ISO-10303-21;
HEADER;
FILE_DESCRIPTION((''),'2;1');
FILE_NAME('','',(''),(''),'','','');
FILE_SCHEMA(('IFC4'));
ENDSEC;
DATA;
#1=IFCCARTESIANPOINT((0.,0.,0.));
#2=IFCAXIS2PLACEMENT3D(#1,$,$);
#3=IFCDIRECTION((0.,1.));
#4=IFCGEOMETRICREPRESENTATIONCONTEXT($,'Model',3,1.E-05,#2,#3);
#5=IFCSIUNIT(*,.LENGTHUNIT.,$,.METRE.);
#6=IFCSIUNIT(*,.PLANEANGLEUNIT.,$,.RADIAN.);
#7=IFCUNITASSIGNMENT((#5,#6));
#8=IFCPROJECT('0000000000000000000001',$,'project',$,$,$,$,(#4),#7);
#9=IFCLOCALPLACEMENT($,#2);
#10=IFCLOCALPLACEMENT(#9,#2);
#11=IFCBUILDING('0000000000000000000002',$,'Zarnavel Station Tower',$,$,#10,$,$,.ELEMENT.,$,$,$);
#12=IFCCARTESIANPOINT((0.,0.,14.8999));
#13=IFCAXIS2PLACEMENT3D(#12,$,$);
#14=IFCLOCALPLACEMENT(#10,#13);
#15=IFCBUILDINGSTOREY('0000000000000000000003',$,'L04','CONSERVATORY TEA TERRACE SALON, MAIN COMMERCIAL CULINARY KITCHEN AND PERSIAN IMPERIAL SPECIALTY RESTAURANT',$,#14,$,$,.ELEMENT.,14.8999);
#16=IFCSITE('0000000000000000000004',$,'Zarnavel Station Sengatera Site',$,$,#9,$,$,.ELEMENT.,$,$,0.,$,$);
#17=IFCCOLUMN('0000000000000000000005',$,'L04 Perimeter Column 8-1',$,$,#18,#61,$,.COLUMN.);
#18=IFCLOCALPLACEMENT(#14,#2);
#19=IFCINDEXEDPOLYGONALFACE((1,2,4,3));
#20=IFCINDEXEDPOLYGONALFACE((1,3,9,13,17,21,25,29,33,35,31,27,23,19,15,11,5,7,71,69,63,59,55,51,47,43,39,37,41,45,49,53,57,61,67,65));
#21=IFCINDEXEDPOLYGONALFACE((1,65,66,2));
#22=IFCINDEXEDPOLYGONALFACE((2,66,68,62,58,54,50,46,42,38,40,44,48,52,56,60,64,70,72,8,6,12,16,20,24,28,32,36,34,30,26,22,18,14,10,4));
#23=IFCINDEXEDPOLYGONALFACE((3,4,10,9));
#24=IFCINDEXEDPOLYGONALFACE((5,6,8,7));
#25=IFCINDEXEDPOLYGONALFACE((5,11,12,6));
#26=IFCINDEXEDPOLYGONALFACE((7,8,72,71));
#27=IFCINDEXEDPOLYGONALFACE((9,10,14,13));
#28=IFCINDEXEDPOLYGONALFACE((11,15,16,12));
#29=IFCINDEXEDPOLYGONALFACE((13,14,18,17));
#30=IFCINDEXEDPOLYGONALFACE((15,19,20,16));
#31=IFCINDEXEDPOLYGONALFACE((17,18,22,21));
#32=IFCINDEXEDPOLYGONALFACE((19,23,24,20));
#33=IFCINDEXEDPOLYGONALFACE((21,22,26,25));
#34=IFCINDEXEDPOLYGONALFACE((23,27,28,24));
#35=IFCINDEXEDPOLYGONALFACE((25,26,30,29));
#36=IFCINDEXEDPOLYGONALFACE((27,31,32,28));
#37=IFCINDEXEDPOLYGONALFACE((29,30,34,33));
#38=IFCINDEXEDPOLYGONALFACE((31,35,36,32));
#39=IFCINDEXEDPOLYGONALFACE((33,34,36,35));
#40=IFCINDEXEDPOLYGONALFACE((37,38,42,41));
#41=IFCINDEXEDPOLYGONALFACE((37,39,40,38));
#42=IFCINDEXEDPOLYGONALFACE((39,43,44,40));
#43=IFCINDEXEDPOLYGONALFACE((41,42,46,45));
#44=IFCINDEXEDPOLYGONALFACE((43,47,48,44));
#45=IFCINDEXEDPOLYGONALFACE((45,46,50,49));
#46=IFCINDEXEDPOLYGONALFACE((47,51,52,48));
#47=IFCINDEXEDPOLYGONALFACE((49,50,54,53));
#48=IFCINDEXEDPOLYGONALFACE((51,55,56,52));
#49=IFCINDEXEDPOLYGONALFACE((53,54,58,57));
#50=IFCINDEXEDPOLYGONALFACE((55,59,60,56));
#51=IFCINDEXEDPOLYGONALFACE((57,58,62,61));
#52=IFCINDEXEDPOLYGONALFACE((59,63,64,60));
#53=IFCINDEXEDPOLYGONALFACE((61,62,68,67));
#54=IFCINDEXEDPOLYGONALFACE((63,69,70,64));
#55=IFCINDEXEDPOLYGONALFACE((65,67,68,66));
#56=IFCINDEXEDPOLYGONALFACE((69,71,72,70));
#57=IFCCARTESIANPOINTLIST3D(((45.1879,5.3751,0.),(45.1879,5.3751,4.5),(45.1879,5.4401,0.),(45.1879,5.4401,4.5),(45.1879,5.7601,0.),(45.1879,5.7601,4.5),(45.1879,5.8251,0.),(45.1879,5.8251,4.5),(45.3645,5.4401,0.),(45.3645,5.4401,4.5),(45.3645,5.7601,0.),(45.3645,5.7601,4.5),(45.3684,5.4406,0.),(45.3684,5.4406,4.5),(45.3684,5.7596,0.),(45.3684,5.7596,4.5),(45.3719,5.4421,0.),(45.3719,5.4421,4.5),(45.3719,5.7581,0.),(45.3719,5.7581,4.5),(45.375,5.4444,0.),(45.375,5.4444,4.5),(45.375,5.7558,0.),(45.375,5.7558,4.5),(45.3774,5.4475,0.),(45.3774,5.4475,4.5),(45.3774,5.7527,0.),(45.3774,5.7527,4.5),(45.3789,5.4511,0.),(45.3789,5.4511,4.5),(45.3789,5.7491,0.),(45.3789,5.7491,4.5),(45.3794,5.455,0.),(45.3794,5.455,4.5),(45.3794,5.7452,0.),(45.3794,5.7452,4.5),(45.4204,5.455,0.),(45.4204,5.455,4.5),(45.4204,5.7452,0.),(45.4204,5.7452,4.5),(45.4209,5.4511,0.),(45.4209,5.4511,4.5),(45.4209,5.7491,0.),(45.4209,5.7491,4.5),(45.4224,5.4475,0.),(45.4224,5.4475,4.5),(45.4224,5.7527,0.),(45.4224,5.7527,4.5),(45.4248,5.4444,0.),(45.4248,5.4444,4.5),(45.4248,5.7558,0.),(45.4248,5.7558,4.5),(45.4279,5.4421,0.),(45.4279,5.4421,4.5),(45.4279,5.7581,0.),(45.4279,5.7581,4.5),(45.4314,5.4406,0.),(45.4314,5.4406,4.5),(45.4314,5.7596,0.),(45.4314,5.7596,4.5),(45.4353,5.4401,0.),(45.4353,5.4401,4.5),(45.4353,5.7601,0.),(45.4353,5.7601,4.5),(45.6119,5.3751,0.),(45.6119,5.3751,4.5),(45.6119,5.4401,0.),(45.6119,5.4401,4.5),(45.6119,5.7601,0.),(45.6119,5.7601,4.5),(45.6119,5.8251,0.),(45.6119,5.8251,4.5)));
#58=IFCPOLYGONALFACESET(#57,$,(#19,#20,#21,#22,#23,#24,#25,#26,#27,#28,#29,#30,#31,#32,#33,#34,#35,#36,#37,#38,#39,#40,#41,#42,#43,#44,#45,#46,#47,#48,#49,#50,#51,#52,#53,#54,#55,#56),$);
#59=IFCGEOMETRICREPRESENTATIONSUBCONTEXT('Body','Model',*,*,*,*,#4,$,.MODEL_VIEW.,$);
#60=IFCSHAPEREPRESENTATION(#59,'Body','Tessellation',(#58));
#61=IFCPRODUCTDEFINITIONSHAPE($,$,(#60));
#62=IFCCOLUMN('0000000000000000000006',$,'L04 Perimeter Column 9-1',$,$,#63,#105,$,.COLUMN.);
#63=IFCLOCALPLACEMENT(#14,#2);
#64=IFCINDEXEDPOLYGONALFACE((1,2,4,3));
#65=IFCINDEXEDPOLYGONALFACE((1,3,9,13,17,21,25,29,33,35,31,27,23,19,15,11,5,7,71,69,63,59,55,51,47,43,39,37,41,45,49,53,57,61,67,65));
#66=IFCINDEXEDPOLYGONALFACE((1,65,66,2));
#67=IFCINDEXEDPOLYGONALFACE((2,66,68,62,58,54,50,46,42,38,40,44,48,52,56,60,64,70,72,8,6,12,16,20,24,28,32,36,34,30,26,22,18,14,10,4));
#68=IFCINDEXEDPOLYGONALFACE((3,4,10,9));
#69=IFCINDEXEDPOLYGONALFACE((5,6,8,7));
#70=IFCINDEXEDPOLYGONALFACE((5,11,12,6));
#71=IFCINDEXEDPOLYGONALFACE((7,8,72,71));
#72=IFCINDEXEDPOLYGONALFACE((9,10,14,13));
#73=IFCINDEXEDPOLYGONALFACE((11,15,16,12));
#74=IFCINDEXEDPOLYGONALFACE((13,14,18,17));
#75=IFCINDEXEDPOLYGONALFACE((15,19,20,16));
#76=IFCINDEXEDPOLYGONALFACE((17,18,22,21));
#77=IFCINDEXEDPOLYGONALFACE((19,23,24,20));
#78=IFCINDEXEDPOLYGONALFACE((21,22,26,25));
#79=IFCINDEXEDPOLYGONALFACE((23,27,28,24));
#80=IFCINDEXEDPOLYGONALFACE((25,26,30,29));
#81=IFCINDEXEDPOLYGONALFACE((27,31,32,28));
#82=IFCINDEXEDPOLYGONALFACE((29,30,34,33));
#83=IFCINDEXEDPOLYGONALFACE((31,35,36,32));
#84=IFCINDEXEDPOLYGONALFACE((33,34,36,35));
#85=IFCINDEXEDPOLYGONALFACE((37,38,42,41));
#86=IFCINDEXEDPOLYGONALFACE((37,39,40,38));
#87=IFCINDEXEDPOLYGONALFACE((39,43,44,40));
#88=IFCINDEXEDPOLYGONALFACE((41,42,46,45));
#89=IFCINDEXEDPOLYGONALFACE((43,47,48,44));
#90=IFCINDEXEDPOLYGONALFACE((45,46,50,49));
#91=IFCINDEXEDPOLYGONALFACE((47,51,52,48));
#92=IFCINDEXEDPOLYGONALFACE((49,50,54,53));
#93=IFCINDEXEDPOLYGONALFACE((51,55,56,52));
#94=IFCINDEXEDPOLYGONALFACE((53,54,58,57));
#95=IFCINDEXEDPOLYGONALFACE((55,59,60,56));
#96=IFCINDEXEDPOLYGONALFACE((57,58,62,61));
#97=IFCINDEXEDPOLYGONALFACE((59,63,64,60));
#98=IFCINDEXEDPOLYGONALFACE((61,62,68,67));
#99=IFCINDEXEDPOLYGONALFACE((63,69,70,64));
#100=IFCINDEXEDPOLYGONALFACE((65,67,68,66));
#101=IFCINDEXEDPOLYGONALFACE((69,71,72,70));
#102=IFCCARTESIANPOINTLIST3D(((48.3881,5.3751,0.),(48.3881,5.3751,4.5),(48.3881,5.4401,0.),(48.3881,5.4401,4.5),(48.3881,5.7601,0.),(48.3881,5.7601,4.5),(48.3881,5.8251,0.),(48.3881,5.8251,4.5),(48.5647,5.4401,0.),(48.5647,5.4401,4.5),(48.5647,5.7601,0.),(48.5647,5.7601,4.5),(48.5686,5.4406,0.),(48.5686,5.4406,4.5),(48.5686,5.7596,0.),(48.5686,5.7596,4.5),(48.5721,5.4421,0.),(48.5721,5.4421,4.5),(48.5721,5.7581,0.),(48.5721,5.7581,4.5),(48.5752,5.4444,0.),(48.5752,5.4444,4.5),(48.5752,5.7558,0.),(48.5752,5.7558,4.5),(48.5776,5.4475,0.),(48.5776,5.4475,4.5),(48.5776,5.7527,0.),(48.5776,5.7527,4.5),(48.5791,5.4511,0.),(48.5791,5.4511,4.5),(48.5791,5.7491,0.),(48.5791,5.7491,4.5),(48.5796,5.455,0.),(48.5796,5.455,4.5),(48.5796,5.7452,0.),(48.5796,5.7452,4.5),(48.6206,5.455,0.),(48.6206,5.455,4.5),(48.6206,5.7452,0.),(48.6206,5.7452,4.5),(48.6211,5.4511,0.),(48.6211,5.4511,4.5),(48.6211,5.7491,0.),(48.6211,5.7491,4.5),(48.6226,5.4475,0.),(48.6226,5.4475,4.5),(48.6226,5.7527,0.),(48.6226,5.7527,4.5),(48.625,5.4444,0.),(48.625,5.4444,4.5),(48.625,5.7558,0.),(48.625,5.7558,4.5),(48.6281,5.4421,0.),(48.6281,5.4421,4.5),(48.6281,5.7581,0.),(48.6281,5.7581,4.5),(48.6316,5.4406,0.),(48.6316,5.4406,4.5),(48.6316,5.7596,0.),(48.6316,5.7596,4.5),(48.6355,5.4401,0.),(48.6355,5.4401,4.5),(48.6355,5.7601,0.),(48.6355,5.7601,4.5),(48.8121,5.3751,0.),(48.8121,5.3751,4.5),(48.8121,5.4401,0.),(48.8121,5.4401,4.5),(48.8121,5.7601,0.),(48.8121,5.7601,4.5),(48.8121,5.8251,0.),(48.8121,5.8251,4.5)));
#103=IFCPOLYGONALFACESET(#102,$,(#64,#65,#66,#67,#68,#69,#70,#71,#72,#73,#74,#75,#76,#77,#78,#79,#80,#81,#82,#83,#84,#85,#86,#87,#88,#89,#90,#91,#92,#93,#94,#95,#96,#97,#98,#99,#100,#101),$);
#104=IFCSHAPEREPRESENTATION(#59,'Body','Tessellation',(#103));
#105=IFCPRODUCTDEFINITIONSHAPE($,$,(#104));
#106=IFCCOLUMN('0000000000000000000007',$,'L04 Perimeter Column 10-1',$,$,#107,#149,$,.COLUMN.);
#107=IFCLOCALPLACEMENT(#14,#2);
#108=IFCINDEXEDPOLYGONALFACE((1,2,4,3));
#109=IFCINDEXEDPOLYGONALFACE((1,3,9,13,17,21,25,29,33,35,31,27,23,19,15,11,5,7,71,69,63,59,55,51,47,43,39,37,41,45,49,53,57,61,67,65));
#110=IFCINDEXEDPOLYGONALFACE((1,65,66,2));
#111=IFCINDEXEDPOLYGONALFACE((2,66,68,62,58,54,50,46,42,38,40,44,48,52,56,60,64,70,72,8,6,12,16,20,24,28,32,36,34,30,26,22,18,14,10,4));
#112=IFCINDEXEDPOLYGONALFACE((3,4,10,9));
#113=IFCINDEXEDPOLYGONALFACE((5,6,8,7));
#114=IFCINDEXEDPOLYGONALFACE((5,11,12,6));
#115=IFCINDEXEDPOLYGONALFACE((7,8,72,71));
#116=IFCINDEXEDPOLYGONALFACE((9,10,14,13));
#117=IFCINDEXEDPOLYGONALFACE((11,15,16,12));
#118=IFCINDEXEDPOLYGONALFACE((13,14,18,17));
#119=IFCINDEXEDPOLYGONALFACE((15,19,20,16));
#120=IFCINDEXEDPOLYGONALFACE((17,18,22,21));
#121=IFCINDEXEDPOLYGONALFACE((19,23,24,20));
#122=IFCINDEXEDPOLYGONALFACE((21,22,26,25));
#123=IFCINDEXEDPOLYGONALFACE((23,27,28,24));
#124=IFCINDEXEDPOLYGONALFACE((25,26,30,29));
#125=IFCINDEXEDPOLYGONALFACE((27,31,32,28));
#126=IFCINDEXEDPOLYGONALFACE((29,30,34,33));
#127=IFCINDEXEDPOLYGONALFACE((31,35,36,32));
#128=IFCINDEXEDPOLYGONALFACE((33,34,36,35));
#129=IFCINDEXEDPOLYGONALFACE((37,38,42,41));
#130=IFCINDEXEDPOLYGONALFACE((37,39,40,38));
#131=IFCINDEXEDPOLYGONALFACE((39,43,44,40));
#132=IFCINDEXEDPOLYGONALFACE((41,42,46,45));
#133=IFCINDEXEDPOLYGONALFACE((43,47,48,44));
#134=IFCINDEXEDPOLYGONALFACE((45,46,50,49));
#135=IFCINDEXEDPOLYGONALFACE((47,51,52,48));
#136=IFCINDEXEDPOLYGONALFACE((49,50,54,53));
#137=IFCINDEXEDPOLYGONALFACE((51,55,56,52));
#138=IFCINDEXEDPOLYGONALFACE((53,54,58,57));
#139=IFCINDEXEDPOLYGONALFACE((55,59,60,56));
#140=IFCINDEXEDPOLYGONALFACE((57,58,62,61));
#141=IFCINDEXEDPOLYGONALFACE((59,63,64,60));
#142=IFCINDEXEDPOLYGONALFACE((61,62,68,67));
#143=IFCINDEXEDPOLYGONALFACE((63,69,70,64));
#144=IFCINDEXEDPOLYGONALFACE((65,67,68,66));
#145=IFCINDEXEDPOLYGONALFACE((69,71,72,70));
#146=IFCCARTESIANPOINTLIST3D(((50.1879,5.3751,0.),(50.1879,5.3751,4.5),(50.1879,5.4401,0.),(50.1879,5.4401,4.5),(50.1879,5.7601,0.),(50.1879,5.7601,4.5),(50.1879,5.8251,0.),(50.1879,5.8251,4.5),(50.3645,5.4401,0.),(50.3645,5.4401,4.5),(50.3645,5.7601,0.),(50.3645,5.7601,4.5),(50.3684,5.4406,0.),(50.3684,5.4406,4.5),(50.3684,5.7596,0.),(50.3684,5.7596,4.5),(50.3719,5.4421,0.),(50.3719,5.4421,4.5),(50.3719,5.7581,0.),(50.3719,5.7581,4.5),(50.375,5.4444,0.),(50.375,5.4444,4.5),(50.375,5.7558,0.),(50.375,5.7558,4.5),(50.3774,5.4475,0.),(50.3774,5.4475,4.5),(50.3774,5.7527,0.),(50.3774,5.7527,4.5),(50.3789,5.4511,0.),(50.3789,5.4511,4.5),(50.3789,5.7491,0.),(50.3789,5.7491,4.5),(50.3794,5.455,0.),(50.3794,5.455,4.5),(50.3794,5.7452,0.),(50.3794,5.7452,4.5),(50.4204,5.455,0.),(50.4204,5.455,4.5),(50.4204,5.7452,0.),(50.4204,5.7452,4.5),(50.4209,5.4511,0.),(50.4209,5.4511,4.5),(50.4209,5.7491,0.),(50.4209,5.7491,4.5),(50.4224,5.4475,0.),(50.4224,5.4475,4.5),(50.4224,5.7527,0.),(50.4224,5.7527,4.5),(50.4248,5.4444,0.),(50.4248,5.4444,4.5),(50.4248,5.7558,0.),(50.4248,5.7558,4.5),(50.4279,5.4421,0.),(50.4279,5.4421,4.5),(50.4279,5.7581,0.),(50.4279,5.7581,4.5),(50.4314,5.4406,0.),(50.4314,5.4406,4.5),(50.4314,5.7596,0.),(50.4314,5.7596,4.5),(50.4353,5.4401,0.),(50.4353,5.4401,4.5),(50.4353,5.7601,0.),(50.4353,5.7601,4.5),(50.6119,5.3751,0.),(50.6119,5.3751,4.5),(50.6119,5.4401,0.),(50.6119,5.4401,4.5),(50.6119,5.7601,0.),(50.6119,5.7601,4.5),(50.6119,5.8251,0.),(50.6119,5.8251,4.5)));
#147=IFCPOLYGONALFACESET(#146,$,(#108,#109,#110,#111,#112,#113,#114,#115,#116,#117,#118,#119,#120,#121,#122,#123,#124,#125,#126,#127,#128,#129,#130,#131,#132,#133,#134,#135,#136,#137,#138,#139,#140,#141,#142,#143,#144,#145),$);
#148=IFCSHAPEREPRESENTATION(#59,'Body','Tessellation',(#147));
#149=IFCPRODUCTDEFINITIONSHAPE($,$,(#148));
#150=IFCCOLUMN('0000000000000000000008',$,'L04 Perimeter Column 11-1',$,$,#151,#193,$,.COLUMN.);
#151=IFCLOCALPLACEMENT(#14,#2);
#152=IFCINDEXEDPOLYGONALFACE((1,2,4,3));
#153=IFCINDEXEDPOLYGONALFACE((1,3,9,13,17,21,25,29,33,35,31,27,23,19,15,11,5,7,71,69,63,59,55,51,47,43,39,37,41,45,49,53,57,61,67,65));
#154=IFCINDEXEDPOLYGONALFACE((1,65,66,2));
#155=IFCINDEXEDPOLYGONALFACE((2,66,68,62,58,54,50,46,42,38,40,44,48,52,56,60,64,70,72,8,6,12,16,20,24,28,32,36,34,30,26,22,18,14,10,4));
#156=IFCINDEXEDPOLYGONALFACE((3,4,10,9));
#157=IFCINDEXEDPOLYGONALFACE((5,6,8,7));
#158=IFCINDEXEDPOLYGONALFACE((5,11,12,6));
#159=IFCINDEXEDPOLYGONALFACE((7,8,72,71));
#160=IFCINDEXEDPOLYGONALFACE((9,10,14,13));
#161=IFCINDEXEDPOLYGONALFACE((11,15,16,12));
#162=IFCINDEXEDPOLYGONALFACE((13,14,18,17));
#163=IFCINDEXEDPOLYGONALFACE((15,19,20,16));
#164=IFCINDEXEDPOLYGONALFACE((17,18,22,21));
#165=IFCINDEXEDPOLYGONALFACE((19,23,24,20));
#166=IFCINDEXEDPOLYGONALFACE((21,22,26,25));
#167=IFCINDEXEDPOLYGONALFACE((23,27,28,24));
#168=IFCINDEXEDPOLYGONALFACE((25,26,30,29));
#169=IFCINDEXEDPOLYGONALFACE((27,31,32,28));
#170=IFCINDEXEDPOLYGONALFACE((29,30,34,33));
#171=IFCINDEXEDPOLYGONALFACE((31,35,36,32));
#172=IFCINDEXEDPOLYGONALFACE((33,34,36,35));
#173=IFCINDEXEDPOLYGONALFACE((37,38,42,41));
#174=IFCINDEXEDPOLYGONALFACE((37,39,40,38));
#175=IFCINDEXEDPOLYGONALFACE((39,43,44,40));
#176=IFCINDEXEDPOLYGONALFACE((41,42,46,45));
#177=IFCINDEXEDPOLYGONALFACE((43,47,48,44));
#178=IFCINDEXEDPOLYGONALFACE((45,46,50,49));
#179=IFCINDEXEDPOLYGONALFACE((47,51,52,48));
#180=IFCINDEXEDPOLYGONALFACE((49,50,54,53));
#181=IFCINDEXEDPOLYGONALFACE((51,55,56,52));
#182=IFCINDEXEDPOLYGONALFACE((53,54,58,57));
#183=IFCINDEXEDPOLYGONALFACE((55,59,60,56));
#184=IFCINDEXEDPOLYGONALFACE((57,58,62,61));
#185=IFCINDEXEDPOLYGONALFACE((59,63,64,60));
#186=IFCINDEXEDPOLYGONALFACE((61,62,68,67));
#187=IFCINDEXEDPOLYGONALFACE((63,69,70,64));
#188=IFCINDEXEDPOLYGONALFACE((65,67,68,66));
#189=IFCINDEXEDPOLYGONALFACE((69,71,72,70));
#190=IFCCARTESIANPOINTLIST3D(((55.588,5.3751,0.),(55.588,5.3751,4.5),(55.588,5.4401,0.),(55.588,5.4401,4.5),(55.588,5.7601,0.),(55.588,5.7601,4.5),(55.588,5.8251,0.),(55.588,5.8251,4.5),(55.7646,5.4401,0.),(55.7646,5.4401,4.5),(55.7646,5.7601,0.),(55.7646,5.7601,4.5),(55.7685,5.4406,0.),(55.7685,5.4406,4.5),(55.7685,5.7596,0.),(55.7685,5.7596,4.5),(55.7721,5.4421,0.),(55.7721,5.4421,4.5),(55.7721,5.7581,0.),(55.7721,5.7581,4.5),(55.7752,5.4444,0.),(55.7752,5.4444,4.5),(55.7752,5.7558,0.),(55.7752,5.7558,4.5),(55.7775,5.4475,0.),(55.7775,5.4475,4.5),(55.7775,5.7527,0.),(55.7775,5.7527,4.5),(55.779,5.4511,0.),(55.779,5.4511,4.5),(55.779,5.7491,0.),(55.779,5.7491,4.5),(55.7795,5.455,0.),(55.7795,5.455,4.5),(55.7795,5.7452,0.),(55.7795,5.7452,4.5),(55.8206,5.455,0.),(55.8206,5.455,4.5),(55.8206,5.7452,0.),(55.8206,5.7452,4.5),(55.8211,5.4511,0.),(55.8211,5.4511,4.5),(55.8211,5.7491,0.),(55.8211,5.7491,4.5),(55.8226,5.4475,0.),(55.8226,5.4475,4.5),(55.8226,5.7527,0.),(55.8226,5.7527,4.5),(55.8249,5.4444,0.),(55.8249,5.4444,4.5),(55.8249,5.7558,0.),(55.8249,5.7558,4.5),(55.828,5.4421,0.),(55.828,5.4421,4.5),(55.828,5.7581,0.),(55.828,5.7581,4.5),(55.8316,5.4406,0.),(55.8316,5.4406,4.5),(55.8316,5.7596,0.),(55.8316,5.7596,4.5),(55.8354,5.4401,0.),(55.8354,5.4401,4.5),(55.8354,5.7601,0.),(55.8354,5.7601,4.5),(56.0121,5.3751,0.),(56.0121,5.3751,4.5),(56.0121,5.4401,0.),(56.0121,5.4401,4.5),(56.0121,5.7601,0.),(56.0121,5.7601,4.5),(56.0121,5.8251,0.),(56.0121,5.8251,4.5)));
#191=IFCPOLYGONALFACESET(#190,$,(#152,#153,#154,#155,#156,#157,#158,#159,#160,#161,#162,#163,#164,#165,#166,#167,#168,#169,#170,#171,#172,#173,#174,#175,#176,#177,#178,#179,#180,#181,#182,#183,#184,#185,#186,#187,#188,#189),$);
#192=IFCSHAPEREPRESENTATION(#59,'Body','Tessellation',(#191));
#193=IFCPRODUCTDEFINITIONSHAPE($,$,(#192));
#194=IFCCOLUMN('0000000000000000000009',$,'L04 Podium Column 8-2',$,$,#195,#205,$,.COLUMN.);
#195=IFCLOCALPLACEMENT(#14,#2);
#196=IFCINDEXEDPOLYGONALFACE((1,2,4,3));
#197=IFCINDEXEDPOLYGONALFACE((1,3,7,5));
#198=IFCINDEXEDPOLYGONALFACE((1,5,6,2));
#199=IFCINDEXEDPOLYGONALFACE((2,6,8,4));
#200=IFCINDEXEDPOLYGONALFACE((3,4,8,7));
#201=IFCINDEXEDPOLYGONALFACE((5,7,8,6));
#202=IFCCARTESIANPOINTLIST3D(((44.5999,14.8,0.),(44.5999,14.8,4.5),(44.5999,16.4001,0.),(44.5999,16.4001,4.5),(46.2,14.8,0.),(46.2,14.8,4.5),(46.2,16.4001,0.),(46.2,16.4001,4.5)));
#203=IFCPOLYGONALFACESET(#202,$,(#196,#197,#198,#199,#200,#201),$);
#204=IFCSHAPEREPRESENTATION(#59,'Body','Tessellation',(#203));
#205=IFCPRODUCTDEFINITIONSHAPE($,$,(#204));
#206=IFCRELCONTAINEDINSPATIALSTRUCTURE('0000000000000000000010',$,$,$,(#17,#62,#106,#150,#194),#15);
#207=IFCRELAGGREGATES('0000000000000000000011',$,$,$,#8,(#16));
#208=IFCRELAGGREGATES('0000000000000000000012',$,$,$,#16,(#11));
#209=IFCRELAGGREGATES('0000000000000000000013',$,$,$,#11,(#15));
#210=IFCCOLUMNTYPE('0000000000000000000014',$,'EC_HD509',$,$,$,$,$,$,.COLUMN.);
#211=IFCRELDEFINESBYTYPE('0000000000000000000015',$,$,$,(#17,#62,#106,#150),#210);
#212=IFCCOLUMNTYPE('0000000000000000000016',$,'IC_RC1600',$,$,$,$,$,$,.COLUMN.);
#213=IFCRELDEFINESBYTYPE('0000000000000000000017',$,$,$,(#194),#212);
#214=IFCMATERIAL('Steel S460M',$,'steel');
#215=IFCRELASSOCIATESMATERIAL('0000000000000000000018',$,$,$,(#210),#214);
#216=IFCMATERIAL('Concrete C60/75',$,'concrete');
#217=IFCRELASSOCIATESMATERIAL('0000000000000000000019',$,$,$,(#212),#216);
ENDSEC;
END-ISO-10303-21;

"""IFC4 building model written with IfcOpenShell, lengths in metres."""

from ifc_helpers import new_model, si_unit, direction, frame, origin, origin_2d, place, context, subcontext, project, spatial, rectangle, i_section, extrude, material, material_profile, profile_set, type_object, element, save


model = new_model("IFC4")

# Units and contexts
model_context = context("Model", 3, precision=1e-05, world=origin(), true_north=direction((0.0, 1.0)))
body_context = subcontext(model_context, "Body", "Model", "MODEL_VIEW")
ifc_project = project(units=[si_unit("LENGTHUNIT", "METRE"), si_unit("PLANEANGLEUNIT", "RADIAN")], contexts=[model_context])

# Site, building, storey
site_placement = place(None, origin())
site = spatial("IfcSite", under=ifc_project, at=site_placement, Name="Zarnavel Station Sengatera Site", CompositionType="ELEMENT", RefElevation=0.0)
building_placement = place(site_placement, origin())
building = spatial("IfcBuilding", under=site, at=building_placement, Name="Zarnavel Station Tower", CompositionType="ELEMENT")
storey_placement = place(building_placement, frame((0.0, 0.0, 14.8999)))
storey = spatial("IfcBuildingStorey", under=building, at=storey_placement, Name="L04", Description="CONSERVATORY TEA TERRACE SALON, MAIN COMMERCIAL CULINARY KITCHEN AND PERSIAN IMPERIAL SPECIALTY RESTAURANT", CompositionType="ELEMENT", Elevation=14.8999)

# Columns
ifc_material_1 = material(Name="Steel S460M", Category="steel")
ifc_material_profile_1 = material_profile(ifc_material_1, i_section(OverallWidth=0.4241, OverallDepth=0.45, WebThickness=0.041, FlangeThickness=0.0649, FilletRadius=0.0149, at=origin_2d()), Name="HD400x509")
ifc_profile_set_1 = profile_set([ifc_material_profile_1], Name="Steel S460M")
column_type_1 = type_object("IfcColumnType", Name="EC_HD509", PredefinedType="COLUMN", material=ifc_profile_set_1)
for number, where, z_axis, x_axis, name in (
    (1, (45.3999, 5.6001, 0.0), (0.0, 0.0, 1.0), (1.0, 0.0, 0.0), "L04 Perimeter Column 8-1"),
    (2, (48.6001, 5.6001, 0.0), (0.0, 0.0, 1.0), (1.0, 0.0, 0.0), "L04 Perimeter Column 9-1"),
    (3, (50.3999, 5.6001, 0.0), (0.0, 0.0, 1.0), (1.0, 0.0, 0.0), "L04 Perimeter Column 10-1"),
    (4, (55.8, 5.6001, 0.0), (0.0, 0.0, 1.0), (1.0, 0.0, 0.0), "L04 Perimeter Column 11-1"),
):
    element("IfcColumn", number, at=place(storey_placement, frame(where, z_axis=z_axis, x_axis=x_axis)), inside=storey, type_object=column_type_1, Name=name, PredefinedType="COLUMN", context=body_context, shape_type="SweptSolid", body=[
        extrude(i_section(OverallWidth=0.4241, OverallDepth=0.45, WebThickness=0.041, FlangeThickness=0.0649, FilletRadius=0.0149, at=origin_2d()), origin(), (0.0, 0.0, 1.0), 4.5),
    ])
ifc_material_2 = material(Name="Concrete C60/75", Category="concrete")
ifc_material_profile_2 = material_profile(ifc_material_2, rectangle(XDim=1.6001, YDim=1.6001, at=origin_2d()), Name="RC1600x1600")
ifc_profile_set_2 = profile_set([ifc_material_profile_2], Name="Concrete C60/75")
column_type_2 = type_object("IfcColumnType", Name="IC_RC1600", PredefinedType="COLUMN", material=ifc_profile_set_2)
column_placement = place(storey_placement, frame((45.3999, 15.6001, 0.0), z_axis=(0.0, 0.0, 1.0), x_axis=(1.0, 0.0, 0.0)))
element("IfcColumn", 5, at=column_placement, inside=storey, type_object=column_type_2, Name="L04 Podium Column 8-2", PredefinedType="COLUMN", context=body_context, shape_type="SweptSolid", body=[
    extrude(rectangle(XDim=1.6001, YDim=1.6001, at=origin_2d()), origin(), (0.0, 0.0, 1.0), 4.5),
])

save(model, "model.ifc")
